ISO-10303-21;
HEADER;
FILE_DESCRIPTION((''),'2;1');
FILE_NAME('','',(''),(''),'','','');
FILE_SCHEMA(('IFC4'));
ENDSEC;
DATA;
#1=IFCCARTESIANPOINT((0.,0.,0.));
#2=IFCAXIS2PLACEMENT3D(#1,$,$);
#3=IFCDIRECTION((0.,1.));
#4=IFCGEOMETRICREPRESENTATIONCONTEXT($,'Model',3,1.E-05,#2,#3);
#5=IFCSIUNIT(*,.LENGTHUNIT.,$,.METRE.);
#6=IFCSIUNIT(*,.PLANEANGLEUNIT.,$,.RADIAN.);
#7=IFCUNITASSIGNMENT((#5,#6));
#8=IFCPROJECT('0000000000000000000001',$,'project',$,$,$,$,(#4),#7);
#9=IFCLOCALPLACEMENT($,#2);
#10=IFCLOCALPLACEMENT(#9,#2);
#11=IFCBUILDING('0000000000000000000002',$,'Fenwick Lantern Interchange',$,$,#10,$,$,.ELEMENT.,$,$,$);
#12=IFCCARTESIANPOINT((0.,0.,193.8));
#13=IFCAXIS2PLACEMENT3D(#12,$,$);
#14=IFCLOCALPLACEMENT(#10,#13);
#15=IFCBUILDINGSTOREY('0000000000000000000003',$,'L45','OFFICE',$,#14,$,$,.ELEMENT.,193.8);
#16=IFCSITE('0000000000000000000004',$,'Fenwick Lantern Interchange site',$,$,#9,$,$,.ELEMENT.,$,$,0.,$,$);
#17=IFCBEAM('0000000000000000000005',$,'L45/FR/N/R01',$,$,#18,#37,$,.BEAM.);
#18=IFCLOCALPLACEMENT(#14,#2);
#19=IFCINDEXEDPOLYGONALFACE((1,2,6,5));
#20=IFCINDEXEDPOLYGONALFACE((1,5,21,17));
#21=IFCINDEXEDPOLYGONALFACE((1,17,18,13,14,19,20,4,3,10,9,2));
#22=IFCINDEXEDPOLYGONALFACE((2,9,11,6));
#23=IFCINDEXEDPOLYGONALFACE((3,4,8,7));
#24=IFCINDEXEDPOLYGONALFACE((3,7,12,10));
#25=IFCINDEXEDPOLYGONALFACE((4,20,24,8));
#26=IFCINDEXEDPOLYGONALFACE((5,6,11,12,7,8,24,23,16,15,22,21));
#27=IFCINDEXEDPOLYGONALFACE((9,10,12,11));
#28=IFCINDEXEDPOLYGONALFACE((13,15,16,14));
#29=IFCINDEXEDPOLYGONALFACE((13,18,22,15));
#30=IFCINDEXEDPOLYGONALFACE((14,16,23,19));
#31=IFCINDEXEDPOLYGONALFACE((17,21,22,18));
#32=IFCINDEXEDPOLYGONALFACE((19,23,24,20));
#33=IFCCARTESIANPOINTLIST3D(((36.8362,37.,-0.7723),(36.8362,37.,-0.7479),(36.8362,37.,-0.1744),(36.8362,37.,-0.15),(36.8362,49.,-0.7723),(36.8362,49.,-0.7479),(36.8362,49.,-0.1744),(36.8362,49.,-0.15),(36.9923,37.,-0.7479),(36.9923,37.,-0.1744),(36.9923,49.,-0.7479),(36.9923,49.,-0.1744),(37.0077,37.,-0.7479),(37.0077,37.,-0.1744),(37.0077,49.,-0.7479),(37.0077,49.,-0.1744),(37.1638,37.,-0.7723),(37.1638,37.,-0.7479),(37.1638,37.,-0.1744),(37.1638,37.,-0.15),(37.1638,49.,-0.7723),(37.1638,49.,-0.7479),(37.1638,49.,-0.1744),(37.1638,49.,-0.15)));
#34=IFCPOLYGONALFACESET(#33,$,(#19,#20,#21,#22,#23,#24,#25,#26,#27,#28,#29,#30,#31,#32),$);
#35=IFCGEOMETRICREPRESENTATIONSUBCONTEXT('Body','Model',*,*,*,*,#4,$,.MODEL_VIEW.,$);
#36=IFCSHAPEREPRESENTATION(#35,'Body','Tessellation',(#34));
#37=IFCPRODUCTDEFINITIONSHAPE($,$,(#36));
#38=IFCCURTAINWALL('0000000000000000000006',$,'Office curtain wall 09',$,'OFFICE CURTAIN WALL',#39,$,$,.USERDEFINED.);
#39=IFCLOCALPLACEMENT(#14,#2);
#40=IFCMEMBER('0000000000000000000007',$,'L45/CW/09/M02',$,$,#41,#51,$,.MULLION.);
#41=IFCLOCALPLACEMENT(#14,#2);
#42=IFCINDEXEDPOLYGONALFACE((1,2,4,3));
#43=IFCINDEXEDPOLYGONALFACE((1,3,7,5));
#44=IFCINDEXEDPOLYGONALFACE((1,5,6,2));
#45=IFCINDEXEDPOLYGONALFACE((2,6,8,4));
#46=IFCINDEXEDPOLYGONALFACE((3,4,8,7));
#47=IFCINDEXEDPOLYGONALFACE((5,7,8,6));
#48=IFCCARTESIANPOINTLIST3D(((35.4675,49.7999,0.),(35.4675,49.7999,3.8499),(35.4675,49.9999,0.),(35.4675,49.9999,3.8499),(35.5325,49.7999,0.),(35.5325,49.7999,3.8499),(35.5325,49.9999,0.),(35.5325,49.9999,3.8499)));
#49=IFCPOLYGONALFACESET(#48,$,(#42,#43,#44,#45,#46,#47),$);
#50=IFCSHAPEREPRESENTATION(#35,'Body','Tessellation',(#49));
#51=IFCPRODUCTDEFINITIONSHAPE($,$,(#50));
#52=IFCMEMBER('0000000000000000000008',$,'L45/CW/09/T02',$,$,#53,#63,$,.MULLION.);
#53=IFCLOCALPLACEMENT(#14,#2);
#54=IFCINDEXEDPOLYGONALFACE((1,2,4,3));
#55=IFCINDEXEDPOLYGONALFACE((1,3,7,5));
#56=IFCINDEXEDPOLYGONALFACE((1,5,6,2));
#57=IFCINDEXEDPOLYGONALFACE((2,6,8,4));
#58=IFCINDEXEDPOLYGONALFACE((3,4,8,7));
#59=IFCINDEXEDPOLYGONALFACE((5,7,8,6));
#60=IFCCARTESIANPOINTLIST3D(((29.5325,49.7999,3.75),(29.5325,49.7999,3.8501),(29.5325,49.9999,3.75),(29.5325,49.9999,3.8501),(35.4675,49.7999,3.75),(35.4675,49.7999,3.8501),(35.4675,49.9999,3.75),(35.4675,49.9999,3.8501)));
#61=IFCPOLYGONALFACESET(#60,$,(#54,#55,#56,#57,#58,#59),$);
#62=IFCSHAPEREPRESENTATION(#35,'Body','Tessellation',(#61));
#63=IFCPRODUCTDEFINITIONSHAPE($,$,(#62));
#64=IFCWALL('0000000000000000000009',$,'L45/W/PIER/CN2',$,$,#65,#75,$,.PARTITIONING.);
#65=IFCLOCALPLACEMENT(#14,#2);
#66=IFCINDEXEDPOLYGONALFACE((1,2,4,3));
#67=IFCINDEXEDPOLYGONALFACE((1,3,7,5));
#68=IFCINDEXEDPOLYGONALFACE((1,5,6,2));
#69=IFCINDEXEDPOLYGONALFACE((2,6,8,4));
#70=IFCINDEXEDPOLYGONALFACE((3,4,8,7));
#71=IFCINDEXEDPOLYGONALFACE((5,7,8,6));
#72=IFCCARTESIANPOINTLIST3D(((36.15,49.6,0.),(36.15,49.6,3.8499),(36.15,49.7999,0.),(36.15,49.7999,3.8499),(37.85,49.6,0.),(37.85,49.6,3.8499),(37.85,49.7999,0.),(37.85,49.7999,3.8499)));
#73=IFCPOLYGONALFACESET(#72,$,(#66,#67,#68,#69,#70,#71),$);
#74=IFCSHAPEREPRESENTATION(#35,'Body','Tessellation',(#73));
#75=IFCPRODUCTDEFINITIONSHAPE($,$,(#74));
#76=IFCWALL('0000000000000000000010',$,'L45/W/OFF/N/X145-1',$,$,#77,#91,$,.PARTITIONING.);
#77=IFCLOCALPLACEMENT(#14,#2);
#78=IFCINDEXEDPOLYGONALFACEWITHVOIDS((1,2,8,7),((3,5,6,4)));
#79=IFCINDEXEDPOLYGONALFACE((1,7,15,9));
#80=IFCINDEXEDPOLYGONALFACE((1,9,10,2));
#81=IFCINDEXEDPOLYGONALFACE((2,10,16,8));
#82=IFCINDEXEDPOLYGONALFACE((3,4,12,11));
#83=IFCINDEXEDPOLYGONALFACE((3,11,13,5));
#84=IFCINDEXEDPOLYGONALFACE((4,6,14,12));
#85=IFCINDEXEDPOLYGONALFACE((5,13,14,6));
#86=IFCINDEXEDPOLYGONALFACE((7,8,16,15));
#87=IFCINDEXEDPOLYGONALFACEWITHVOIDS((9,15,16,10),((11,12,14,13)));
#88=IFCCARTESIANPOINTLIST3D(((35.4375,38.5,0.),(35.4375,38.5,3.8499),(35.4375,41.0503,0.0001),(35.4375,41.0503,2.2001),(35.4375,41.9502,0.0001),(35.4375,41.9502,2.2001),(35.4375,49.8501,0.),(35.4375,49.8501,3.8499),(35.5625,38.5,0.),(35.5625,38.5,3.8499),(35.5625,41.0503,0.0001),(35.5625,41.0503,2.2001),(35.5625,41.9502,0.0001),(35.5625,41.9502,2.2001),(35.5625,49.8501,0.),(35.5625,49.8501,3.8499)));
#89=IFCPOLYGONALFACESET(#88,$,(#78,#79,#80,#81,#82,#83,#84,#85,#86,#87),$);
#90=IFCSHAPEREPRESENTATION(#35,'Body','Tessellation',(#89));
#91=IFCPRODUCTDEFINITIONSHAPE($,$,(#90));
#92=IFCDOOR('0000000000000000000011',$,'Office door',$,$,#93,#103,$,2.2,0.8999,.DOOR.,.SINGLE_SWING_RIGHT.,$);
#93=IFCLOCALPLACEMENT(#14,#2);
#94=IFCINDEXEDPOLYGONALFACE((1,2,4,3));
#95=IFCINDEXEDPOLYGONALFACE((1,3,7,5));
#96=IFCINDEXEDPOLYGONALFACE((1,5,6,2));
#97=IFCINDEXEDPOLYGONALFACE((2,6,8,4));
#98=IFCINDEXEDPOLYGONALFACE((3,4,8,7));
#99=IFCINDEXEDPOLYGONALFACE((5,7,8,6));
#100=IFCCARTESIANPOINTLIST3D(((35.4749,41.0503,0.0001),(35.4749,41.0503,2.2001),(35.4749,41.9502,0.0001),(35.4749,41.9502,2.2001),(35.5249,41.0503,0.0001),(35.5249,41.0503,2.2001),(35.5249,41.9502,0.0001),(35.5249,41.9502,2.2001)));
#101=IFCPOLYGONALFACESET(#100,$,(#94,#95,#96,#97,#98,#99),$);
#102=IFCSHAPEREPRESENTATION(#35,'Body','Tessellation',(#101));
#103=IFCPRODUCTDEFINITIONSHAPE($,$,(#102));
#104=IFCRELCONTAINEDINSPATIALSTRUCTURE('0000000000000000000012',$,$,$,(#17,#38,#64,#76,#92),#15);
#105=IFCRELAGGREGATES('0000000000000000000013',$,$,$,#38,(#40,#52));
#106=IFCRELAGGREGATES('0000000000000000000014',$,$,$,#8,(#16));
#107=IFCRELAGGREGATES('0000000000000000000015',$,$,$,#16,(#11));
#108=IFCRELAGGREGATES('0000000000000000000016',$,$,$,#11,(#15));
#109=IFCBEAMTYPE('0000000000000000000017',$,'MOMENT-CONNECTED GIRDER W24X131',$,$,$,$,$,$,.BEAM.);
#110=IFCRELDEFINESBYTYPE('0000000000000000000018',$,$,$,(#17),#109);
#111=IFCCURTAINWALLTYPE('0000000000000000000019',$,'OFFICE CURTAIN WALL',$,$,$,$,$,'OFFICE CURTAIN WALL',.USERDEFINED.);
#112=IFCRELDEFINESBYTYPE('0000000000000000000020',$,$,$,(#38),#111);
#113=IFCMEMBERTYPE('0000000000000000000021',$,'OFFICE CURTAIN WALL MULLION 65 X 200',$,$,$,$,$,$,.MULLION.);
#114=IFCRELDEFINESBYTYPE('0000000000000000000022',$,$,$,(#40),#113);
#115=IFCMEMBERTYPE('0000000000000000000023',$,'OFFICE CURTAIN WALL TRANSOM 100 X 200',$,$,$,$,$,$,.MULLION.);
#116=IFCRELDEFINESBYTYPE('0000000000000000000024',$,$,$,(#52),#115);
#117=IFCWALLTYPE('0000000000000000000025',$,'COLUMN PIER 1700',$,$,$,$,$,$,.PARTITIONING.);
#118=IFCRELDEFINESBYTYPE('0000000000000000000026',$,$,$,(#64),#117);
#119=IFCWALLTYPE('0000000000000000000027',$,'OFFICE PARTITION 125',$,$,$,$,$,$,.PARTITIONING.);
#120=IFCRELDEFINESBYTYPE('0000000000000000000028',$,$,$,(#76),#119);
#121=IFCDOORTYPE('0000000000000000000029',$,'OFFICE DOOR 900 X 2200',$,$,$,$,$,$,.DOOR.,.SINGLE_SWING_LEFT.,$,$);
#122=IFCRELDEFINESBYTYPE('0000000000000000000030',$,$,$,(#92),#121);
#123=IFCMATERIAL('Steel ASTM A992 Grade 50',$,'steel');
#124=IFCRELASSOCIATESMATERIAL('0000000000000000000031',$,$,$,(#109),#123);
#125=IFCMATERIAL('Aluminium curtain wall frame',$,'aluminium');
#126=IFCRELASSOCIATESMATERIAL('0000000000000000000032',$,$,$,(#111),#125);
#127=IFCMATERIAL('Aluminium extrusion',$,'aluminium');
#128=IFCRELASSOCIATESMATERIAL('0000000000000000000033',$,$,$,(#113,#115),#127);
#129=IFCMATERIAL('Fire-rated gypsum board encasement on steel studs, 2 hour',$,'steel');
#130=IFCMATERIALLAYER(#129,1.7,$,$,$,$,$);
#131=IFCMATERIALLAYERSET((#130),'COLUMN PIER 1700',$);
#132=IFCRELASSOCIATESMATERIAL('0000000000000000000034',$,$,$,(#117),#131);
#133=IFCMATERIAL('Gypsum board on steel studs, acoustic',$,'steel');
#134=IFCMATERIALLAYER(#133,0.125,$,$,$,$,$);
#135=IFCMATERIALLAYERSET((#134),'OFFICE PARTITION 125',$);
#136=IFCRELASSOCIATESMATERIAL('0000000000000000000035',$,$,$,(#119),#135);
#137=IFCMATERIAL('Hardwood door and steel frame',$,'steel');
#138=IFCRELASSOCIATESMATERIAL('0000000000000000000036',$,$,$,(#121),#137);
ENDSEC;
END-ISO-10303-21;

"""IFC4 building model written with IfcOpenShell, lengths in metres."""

from ifc_helpers import new_model, si_unit, direction, frame, frame_2d, origin, origin_2d, place, context, subcontext, project, spatial, rectangle, i_section, extrude, material, layer, layer_set, material_profile, profile_set, type_object, element, fill, aggregate, save


model = new_model("IFC4")

# Units and contexts
model_context = context("Model", 3, precision=1e-05, world=origin(), true_north=direction((0.0, 1.0)))
body_context = subcontext(model_context, "Body", "Model", "MODEL_VIEW")
ifc_project = project(units=[si_unit("LENGTHUNIT", "METRE"), si_unit("PLANEANGLEUNIT", "RADIAN")], contexts=[model_context])

# Site, building, storey
site_placement = place(None, origin())
site = spatial("IfcSite", under=ifc_project, at=site_placement, Name="Fenwick Lantern Interchange site", CompositionType="ELEMENT", RefElevation=0.0)
building_placement = place(site_placement, origin())
building = spatial("IfcBuilding", under=site, at=building_placement, Name="Fenwick Lantern Interchange", CompositionType="ELEMENT")
storey_placement = place(building_placement, frame((0.0, 0.0, 193.8)))
storey = spatial("IfcBuildingStorey", under=building, at=storey_placement, Name="L45", Description="OFFICE", CompositionType="ELEMENT", Elevation=193.8)

# Beam
ifc_material_1 = material(Name="Steel ASTM A992 Grade 50", Category="steel")
ifc_material_profile_1 = material_profile(ifc_material_1, i_section(OverallWidth=0.3276, OverallDepth=0.6223, WebThickness=0.0154, FlangeThickness=0.0244, at=origin_2d()), Name="W24X131")
ifc_profile_set_1 = profile_set([ifc_material_profile_1], Name="Steel ASTM A992 Grade 50")
beam_type_1 = type_object("IfcBeamType", Name="MOMENT-CONNECTED GIRDER W24X131", PredefinedType="BEAM", material=ifc_profile_set_1)
beam_1_placement = place(storey_placement, frame((37.0, 49.0, -0.4612), z_axis=(0.0, -1.0, 0.0), x_axis=(1.0, 0.0, 0.0)))
element("IfcBeam", 1, at=beam_1_placement, inside=storey, type_object=beam_type_1, Name="L45/FR/N/R01", PredefinedType="BEAM", context=body_context, shape_type="SweptSolid", body=[
    extrude(i_section(OverallWidth=0.3276, OverallDepth=0.6223, WebThickness=0.0154, FlangeThickness=0.0244, at=origin_2d()), origin(), (0.0, 0.0, 1.0), 12.0),
])

# Curtain wall, members
ifc_material_2 = material(Name="Aluminium curtain wall frame", Category="aluminium")
curtain_wall_type = type_object("IfcCurtainWallType", Name="OFFICE CURTAIN WALL", ElementType="OFFICE CURTAIN WALL", PredefinedType="USERDEFINED", material=ifc_material_2)
curtain_wall_placement = place(storey_placement, origin())
curtain_wall = element("IfcCurtainWall", 2, at=curtain_wall_placement, inside=storey, type_object=curtain_wall_type, Name="Office curtain wall 09", ObjectType="OFFICE CURTAIN WALL", PredefinedType="USERDEFINED")
ifc_material_3 = material(Name="Aluminium extrusion", Category="aluminium")
ifc_material_profile_2 = material_profile(ifc_material_3, rectangle(XDim=0.2, YDim=0.0649, at=origin_2d()), Name="OFFICE CURTAIN WALL MULLION 65 X 200")
ifc_profile_set_2 = profile_set([ifc_material_profile_2], Name="Aluminium extrusion")
member_type_1 = type_object("IfcMemberType", Name="OFFICE CURTAIN WALL MULLION 65 X 200", PredefinedType="MULLION", material=ifc_profile_set_2)
member_1_placement = place(storey_placement, frame((35.5, 49.8999, 0.0), z_axis=(0.0, 0.0, 1.0), x_axis=(0.0, -1.0, 0.0)))
member_1 = element("IfcMember", 3, at=member_1_placement, type_object=member_type_1, Name="L45/CW/09/M02", PredefinedType="MULLION", context=body_context, shape_type="SweptSolid", body=[
    extrude(rectangle(XDim=0.2, YDim=0.0649, at=origin_2d()), origin(), (0.0, 0.0, 1.0), 3.8499),
])
ifc_material_profile_3 = material_profile(ifc_material_3, rectangle(XDim=0.2, YDim=0.1001, at=origin_2d()), Name="OFFICE CURTAIN WALL TRANSOM 100 X 200")
ifc_profile_set_3 = profile_set([ifc_material_profile_3], Name="Aluminium extrusion")
member_type_2 = type_object("IfcMemberType", Name="OFFICE CURTAIN WALL TRANSOM 100 X 200", PredefinedType="MULLION", material=ifc_profile_set_3)
member_2_placement = place(storey_placement, frame((35.4675, 49.8999, 3.8), z_axis=(-1.0, 0.0, 0.0), x_axis=(0.0, -1.0, 0.0)))
member_2 = element("IfcMember", 4, at=member_2_placement, type_object=member_type_2, Name="L45/CW/09/T02", PredefinedType="MULLION", context=body_context, shape_type="SweptSolid", body=[
    extrude(rectangle(XDim=0.2, YDim=0.1001, at=origin_2d()), origin(), (0.0, 0.0, 1.0), 5.9351),
])
aggregate(curtain_wall, [member_1, member_2])

# Wall
ifc_material_4 = material(Name="Fire-rated gypsum board encasement on steel studs, 2 hour", Category="steel")
ifc_layer_1 = layer(ifc_material_4, 1.7)
ifc_layer_set_1 = layer_set([ifc_layer_1], Name="COLUMN PIER 1700")
wall_type_1 = type_object("IfcWallType", Name="COLUMN PIER 1700", PredefinedType="PARTITIONING", material=ifc_layer_set_1)
wall_1_placement = place(storey_placement, frame((37.0, 49.8, 0.0), z_axis=(0.0, 0.0, 1.0), x_axis=(0.0, -1.0, 0.0)))
element("IfcWall", 5, at=wall_1_placement, inside=storey, type_object=wall_type_1, Name="L45/W/PIER/CN2", PredefinedType="PARTITIONING", context=body_context, shape_type="SweptSolid", body=[
    extrude(rectangle(XDim=0.2, YDim=1.7, at=frame_2d((0.1001, 0.0))), origin(), (0.0, 0.0, 1.0), 3.8499),
])

# Wall, opening, door
ifc_material_5 = material(Name="Gypsum board on steel studs, acoustic", Category="steel")
ifc_layer_2 = layer(ifc_material_5, 0.125)
ifc_layer_set_2 = layer_set([ifc_layer_2], Name="OFFICE PARTITION 125")
wall_type_2 = type_object("IfcWallType", Name="OFFICE PARTITION 125", PredefinedType="PARTITIONING", material=ifc_layer_set_2)
wall_2_placement = place(storey_placement, frame((35.5, 49.8501, 0.0), z_axis=(0.0, 0.0, 1.0), x_axis=(0.0, -1.0, 0.0)))
wall_2 = element("IfcWall", 6, at=wall_2_placement, inside=storey, type_object=wall_type_2, Name="L45/W/OFF/N/X145-1", PredefinedType="PARTITIONING", context=body_context, shape_type="SweptSolid", body=[
    extrude(rectangle(XDim=11.3501, YDim=0.125, at=frame_2d((5.675, 0.0))), origin(), (0.0, 0.0, 1.0), 3.8499),
])
opening_1_placement = place(wall_2_placement, frame((7.8999, 0.0, 0.0)))
opening_1 = element("IfcOpeningElement", 7, at=opening_1_placement, cuts=wall_2, PredefinedType="OPENING", context=body_context, shape_type="SweptSolid", body=[
    extrude(rectangle(XDim=0.8999, YDim=2.2, at=frame_2d((0.45, 1.1001))), frame((0.0, 0.0725, 0.0), z_axis=(0.0, -1.0, 0.0), x_axis=(1.0, 0.0, 0.0)), (0.0, 0.0, 1.0), 0.145),
])
ifc_material_6 = material(Name="Hardwood door and steel frame", Category="steel")
door_type = type_object("IfcDoorType", Name="OFFICE DOOR 900 X 2200", OperationType="SINGLE_SWING_LEFT", PredefinedType="DOOR", material=ifc_material_6)
door_1_placement = place(opening_1_placement, origin())
door_1 = element("IfcDoor", 8, at=door_1_placement, inside=storey, type_object=door_type, Name="Office door", OperationType="SINGLE_SWING_RIGHT", OverallHeight=2.2, OverallWidth=0.8999, PredefinedType="DOOR", context=body_context, shape_type="SweptSolid", body=[
    extrude(rectangle(XDim=0.8999, YDim=2.2, at=frame_2d((0.45, 1.1001))), frame((0.0, 0.0249, 0.0), z_axis=(0.0, -1.0, 0.0), x_axis=(1.0, 0.0, 0.0)), (0.0, 0.0, 1.0), 0.05),
])
fill(opening_1, door_1)

save(model, "model.ifc")
